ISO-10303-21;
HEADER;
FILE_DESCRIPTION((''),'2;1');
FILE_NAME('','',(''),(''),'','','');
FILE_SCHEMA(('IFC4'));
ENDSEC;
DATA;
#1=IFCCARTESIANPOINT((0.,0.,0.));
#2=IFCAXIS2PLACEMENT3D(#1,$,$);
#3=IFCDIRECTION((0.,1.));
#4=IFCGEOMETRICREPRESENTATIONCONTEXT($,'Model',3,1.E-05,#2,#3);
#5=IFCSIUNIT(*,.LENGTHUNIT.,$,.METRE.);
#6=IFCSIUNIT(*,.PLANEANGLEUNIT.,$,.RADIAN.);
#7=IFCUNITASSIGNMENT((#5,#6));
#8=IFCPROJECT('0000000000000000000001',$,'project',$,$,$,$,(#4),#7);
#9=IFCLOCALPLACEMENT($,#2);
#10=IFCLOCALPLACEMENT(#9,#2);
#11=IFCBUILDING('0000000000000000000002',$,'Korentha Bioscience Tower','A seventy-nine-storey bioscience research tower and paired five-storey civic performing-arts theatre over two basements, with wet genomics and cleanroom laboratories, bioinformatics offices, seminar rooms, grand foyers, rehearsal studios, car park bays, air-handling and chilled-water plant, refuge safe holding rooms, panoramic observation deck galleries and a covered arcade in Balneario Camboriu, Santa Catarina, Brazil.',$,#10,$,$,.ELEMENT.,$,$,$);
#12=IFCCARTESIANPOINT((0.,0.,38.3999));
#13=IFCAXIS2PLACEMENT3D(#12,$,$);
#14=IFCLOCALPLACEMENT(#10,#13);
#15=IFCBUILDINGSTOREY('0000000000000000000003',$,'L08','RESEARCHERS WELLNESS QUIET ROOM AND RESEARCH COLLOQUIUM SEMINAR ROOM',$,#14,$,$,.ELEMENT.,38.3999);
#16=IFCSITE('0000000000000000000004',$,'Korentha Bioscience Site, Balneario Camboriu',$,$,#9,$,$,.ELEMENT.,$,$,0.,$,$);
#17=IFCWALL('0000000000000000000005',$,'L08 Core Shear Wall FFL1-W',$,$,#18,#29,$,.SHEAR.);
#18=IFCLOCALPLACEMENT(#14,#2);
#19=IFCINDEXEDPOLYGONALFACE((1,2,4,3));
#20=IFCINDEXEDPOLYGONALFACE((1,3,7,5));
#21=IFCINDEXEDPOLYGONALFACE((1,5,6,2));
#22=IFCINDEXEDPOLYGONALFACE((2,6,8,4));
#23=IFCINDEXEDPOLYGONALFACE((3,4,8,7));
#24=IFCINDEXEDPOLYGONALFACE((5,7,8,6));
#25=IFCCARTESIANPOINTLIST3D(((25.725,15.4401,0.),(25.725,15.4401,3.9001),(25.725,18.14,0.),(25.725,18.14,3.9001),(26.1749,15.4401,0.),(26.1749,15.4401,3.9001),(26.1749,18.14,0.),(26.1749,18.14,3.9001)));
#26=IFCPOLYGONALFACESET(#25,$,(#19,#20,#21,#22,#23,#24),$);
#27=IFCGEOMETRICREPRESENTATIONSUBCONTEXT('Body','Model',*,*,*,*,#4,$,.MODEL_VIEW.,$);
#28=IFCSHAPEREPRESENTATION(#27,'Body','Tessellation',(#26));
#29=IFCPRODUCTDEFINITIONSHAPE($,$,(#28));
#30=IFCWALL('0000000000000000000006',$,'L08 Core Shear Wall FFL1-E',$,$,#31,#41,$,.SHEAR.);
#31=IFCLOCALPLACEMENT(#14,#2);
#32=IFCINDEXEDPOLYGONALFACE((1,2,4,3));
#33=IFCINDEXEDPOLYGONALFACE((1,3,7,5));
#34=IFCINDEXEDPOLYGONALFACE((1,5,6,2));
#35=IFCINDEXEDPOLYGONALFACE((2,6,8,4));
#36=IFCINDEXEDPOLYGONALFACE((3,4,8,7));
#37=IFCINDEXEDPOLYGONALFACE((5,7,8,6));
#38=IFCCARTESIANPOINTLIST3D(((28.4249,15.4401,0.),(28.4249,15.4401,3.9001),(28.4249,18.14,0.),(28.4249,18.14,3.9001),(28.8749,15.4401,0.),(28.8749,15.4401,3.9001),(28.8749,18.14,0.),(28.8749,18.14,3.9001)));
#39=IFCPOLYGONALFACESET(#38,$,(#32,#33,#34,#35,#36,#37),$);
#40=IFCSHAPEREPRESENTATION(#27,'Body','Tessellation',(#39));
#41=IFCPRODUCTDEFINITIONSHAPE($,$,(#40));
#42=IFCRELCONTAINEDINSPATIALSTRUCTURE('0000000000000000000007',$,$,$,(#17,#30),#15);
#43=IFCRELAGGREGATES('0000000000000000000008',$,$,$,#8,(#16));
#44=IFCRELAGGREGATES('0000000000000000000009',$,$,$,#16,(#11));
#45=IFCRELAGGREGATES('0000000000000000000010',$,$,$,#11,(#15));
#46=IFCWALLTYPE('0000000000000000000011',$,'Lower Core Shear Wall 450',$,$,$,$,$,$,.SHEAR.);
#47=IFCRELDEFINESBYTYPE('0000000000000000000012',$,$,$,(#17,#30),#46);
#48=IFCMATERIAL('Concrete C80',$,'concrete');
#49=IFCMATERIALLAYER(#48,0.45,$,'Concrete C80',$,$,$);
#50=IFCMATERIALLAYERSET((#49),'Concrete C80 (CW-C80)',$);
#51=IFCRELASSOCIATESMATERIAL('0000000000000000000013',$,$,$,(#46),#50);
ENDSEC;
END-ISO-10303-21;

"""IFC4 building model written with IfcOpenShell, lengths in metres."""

from ifc_helpers import new_model, si_unit, direction, frame, frame_2d, origin, place, context, subcontext, project, spatial, rectangle, extrude, material, layer, layer_set, type_object, element, save


model = new_model("IFC4")

# Units and contexts
model_context = context("Model", 3, precision=1e-05, world=origin(), true_north=direction((0.0, 1.0)))
body_context = subcontext(model_context, "Body", "Model", "MODEL_VIEW")
ifc_project = project(units=[si_unit("LENGTHUNIT", "METRE"), si_unit("PLANEANGLEUNIT", "RADIAN")], contexts=[model_context])

# Site, building, storey
site_placement = place(None, origin())
site = spatial("IfcSite", under=ifc_project, at=site_placement, Name="Korentha Bioscience Site, Balneario Camboriu", CompositionType="ELEMENT", RefElevation=0.0)
building_placement = place(site_placement, origin())
building = spatial("IfcBuilding", under=site, at=building_placement, Name="Korentha Bioscience Tower", Description="A seventy-nine-storey bioscience research tower and paired five-storey civic performing-arts theatre over two basements, with wet genomics and cleanroom laboratories, bioinformatics offices, seminar rooms, grand foyers, rehearsal studios, car park bays, air-handling and chilled-water plant, refuge safe holding rooms, panoramic observation deck galleries and a covered arcade in Balneario Camboriu, Santa Catarina, Brazil.", CompositionType="ELEMENT")
storey_placement = place(building_placement, frame((0.0, 0.0, 38.3999)))
storey = spatial("IfcBuildingStorey", under=building, at=storey_placement, Name="L08", Description="RESEARCHERS WELLNESS QUIET ROOM AND RESEARCH COLLOQUIUM SEMINAR ROOM", CompositionType="ELEMENT", Elevation=38.3999)

# Shared definitions
ifc_material_1 = material(Name="Concrete C80", Category="concrete")

# Walls
ifc_layer_1 = layer(ifc_material_1, 0.45, Name="Concrete C80")
ifc_layer_set_1 = layer_set([ifc_layer_1], Name="Concrete C80 (CW-C80)")
wall_type_1 = type_object("IfcWallType", Name="Lower Core Shear Wall 450", PredefinedType="SHEAR", material=ifc_layer_set_1)
for number, where, z_axis, x_axis, name in (
    (1, (25.95, 15.4399, 0.0), (0.0, 0.0, 1.0), (0.0, 1.0, 0.0), "L08 Core Shear Wall FFL1-W"),
    (2, (28.6499, 15.4399, 0.0), (0.0, 0.0, 1.0), (0.0, 1.0, 0.0), "L08 Core Shear Wall FFL1-E"),
):
    element("IfcWall", number, at=place(storey_placement, frame(where, z_axis=z_axis, x_axis=x_axis)), inside=storey, type_object=wall_type_1, Name=name, PredefinedType="SHEAR", context=body_context, shape_type="SweptSolid", body=[
        extrude(rectangle(XDim=2.7, YDim=0.45, at=frame_2d((1.3501, 0.0))), origin(), (0.0, 0.0, 1.0), 3.9001),
    ])

save(model, "model.ifc")
